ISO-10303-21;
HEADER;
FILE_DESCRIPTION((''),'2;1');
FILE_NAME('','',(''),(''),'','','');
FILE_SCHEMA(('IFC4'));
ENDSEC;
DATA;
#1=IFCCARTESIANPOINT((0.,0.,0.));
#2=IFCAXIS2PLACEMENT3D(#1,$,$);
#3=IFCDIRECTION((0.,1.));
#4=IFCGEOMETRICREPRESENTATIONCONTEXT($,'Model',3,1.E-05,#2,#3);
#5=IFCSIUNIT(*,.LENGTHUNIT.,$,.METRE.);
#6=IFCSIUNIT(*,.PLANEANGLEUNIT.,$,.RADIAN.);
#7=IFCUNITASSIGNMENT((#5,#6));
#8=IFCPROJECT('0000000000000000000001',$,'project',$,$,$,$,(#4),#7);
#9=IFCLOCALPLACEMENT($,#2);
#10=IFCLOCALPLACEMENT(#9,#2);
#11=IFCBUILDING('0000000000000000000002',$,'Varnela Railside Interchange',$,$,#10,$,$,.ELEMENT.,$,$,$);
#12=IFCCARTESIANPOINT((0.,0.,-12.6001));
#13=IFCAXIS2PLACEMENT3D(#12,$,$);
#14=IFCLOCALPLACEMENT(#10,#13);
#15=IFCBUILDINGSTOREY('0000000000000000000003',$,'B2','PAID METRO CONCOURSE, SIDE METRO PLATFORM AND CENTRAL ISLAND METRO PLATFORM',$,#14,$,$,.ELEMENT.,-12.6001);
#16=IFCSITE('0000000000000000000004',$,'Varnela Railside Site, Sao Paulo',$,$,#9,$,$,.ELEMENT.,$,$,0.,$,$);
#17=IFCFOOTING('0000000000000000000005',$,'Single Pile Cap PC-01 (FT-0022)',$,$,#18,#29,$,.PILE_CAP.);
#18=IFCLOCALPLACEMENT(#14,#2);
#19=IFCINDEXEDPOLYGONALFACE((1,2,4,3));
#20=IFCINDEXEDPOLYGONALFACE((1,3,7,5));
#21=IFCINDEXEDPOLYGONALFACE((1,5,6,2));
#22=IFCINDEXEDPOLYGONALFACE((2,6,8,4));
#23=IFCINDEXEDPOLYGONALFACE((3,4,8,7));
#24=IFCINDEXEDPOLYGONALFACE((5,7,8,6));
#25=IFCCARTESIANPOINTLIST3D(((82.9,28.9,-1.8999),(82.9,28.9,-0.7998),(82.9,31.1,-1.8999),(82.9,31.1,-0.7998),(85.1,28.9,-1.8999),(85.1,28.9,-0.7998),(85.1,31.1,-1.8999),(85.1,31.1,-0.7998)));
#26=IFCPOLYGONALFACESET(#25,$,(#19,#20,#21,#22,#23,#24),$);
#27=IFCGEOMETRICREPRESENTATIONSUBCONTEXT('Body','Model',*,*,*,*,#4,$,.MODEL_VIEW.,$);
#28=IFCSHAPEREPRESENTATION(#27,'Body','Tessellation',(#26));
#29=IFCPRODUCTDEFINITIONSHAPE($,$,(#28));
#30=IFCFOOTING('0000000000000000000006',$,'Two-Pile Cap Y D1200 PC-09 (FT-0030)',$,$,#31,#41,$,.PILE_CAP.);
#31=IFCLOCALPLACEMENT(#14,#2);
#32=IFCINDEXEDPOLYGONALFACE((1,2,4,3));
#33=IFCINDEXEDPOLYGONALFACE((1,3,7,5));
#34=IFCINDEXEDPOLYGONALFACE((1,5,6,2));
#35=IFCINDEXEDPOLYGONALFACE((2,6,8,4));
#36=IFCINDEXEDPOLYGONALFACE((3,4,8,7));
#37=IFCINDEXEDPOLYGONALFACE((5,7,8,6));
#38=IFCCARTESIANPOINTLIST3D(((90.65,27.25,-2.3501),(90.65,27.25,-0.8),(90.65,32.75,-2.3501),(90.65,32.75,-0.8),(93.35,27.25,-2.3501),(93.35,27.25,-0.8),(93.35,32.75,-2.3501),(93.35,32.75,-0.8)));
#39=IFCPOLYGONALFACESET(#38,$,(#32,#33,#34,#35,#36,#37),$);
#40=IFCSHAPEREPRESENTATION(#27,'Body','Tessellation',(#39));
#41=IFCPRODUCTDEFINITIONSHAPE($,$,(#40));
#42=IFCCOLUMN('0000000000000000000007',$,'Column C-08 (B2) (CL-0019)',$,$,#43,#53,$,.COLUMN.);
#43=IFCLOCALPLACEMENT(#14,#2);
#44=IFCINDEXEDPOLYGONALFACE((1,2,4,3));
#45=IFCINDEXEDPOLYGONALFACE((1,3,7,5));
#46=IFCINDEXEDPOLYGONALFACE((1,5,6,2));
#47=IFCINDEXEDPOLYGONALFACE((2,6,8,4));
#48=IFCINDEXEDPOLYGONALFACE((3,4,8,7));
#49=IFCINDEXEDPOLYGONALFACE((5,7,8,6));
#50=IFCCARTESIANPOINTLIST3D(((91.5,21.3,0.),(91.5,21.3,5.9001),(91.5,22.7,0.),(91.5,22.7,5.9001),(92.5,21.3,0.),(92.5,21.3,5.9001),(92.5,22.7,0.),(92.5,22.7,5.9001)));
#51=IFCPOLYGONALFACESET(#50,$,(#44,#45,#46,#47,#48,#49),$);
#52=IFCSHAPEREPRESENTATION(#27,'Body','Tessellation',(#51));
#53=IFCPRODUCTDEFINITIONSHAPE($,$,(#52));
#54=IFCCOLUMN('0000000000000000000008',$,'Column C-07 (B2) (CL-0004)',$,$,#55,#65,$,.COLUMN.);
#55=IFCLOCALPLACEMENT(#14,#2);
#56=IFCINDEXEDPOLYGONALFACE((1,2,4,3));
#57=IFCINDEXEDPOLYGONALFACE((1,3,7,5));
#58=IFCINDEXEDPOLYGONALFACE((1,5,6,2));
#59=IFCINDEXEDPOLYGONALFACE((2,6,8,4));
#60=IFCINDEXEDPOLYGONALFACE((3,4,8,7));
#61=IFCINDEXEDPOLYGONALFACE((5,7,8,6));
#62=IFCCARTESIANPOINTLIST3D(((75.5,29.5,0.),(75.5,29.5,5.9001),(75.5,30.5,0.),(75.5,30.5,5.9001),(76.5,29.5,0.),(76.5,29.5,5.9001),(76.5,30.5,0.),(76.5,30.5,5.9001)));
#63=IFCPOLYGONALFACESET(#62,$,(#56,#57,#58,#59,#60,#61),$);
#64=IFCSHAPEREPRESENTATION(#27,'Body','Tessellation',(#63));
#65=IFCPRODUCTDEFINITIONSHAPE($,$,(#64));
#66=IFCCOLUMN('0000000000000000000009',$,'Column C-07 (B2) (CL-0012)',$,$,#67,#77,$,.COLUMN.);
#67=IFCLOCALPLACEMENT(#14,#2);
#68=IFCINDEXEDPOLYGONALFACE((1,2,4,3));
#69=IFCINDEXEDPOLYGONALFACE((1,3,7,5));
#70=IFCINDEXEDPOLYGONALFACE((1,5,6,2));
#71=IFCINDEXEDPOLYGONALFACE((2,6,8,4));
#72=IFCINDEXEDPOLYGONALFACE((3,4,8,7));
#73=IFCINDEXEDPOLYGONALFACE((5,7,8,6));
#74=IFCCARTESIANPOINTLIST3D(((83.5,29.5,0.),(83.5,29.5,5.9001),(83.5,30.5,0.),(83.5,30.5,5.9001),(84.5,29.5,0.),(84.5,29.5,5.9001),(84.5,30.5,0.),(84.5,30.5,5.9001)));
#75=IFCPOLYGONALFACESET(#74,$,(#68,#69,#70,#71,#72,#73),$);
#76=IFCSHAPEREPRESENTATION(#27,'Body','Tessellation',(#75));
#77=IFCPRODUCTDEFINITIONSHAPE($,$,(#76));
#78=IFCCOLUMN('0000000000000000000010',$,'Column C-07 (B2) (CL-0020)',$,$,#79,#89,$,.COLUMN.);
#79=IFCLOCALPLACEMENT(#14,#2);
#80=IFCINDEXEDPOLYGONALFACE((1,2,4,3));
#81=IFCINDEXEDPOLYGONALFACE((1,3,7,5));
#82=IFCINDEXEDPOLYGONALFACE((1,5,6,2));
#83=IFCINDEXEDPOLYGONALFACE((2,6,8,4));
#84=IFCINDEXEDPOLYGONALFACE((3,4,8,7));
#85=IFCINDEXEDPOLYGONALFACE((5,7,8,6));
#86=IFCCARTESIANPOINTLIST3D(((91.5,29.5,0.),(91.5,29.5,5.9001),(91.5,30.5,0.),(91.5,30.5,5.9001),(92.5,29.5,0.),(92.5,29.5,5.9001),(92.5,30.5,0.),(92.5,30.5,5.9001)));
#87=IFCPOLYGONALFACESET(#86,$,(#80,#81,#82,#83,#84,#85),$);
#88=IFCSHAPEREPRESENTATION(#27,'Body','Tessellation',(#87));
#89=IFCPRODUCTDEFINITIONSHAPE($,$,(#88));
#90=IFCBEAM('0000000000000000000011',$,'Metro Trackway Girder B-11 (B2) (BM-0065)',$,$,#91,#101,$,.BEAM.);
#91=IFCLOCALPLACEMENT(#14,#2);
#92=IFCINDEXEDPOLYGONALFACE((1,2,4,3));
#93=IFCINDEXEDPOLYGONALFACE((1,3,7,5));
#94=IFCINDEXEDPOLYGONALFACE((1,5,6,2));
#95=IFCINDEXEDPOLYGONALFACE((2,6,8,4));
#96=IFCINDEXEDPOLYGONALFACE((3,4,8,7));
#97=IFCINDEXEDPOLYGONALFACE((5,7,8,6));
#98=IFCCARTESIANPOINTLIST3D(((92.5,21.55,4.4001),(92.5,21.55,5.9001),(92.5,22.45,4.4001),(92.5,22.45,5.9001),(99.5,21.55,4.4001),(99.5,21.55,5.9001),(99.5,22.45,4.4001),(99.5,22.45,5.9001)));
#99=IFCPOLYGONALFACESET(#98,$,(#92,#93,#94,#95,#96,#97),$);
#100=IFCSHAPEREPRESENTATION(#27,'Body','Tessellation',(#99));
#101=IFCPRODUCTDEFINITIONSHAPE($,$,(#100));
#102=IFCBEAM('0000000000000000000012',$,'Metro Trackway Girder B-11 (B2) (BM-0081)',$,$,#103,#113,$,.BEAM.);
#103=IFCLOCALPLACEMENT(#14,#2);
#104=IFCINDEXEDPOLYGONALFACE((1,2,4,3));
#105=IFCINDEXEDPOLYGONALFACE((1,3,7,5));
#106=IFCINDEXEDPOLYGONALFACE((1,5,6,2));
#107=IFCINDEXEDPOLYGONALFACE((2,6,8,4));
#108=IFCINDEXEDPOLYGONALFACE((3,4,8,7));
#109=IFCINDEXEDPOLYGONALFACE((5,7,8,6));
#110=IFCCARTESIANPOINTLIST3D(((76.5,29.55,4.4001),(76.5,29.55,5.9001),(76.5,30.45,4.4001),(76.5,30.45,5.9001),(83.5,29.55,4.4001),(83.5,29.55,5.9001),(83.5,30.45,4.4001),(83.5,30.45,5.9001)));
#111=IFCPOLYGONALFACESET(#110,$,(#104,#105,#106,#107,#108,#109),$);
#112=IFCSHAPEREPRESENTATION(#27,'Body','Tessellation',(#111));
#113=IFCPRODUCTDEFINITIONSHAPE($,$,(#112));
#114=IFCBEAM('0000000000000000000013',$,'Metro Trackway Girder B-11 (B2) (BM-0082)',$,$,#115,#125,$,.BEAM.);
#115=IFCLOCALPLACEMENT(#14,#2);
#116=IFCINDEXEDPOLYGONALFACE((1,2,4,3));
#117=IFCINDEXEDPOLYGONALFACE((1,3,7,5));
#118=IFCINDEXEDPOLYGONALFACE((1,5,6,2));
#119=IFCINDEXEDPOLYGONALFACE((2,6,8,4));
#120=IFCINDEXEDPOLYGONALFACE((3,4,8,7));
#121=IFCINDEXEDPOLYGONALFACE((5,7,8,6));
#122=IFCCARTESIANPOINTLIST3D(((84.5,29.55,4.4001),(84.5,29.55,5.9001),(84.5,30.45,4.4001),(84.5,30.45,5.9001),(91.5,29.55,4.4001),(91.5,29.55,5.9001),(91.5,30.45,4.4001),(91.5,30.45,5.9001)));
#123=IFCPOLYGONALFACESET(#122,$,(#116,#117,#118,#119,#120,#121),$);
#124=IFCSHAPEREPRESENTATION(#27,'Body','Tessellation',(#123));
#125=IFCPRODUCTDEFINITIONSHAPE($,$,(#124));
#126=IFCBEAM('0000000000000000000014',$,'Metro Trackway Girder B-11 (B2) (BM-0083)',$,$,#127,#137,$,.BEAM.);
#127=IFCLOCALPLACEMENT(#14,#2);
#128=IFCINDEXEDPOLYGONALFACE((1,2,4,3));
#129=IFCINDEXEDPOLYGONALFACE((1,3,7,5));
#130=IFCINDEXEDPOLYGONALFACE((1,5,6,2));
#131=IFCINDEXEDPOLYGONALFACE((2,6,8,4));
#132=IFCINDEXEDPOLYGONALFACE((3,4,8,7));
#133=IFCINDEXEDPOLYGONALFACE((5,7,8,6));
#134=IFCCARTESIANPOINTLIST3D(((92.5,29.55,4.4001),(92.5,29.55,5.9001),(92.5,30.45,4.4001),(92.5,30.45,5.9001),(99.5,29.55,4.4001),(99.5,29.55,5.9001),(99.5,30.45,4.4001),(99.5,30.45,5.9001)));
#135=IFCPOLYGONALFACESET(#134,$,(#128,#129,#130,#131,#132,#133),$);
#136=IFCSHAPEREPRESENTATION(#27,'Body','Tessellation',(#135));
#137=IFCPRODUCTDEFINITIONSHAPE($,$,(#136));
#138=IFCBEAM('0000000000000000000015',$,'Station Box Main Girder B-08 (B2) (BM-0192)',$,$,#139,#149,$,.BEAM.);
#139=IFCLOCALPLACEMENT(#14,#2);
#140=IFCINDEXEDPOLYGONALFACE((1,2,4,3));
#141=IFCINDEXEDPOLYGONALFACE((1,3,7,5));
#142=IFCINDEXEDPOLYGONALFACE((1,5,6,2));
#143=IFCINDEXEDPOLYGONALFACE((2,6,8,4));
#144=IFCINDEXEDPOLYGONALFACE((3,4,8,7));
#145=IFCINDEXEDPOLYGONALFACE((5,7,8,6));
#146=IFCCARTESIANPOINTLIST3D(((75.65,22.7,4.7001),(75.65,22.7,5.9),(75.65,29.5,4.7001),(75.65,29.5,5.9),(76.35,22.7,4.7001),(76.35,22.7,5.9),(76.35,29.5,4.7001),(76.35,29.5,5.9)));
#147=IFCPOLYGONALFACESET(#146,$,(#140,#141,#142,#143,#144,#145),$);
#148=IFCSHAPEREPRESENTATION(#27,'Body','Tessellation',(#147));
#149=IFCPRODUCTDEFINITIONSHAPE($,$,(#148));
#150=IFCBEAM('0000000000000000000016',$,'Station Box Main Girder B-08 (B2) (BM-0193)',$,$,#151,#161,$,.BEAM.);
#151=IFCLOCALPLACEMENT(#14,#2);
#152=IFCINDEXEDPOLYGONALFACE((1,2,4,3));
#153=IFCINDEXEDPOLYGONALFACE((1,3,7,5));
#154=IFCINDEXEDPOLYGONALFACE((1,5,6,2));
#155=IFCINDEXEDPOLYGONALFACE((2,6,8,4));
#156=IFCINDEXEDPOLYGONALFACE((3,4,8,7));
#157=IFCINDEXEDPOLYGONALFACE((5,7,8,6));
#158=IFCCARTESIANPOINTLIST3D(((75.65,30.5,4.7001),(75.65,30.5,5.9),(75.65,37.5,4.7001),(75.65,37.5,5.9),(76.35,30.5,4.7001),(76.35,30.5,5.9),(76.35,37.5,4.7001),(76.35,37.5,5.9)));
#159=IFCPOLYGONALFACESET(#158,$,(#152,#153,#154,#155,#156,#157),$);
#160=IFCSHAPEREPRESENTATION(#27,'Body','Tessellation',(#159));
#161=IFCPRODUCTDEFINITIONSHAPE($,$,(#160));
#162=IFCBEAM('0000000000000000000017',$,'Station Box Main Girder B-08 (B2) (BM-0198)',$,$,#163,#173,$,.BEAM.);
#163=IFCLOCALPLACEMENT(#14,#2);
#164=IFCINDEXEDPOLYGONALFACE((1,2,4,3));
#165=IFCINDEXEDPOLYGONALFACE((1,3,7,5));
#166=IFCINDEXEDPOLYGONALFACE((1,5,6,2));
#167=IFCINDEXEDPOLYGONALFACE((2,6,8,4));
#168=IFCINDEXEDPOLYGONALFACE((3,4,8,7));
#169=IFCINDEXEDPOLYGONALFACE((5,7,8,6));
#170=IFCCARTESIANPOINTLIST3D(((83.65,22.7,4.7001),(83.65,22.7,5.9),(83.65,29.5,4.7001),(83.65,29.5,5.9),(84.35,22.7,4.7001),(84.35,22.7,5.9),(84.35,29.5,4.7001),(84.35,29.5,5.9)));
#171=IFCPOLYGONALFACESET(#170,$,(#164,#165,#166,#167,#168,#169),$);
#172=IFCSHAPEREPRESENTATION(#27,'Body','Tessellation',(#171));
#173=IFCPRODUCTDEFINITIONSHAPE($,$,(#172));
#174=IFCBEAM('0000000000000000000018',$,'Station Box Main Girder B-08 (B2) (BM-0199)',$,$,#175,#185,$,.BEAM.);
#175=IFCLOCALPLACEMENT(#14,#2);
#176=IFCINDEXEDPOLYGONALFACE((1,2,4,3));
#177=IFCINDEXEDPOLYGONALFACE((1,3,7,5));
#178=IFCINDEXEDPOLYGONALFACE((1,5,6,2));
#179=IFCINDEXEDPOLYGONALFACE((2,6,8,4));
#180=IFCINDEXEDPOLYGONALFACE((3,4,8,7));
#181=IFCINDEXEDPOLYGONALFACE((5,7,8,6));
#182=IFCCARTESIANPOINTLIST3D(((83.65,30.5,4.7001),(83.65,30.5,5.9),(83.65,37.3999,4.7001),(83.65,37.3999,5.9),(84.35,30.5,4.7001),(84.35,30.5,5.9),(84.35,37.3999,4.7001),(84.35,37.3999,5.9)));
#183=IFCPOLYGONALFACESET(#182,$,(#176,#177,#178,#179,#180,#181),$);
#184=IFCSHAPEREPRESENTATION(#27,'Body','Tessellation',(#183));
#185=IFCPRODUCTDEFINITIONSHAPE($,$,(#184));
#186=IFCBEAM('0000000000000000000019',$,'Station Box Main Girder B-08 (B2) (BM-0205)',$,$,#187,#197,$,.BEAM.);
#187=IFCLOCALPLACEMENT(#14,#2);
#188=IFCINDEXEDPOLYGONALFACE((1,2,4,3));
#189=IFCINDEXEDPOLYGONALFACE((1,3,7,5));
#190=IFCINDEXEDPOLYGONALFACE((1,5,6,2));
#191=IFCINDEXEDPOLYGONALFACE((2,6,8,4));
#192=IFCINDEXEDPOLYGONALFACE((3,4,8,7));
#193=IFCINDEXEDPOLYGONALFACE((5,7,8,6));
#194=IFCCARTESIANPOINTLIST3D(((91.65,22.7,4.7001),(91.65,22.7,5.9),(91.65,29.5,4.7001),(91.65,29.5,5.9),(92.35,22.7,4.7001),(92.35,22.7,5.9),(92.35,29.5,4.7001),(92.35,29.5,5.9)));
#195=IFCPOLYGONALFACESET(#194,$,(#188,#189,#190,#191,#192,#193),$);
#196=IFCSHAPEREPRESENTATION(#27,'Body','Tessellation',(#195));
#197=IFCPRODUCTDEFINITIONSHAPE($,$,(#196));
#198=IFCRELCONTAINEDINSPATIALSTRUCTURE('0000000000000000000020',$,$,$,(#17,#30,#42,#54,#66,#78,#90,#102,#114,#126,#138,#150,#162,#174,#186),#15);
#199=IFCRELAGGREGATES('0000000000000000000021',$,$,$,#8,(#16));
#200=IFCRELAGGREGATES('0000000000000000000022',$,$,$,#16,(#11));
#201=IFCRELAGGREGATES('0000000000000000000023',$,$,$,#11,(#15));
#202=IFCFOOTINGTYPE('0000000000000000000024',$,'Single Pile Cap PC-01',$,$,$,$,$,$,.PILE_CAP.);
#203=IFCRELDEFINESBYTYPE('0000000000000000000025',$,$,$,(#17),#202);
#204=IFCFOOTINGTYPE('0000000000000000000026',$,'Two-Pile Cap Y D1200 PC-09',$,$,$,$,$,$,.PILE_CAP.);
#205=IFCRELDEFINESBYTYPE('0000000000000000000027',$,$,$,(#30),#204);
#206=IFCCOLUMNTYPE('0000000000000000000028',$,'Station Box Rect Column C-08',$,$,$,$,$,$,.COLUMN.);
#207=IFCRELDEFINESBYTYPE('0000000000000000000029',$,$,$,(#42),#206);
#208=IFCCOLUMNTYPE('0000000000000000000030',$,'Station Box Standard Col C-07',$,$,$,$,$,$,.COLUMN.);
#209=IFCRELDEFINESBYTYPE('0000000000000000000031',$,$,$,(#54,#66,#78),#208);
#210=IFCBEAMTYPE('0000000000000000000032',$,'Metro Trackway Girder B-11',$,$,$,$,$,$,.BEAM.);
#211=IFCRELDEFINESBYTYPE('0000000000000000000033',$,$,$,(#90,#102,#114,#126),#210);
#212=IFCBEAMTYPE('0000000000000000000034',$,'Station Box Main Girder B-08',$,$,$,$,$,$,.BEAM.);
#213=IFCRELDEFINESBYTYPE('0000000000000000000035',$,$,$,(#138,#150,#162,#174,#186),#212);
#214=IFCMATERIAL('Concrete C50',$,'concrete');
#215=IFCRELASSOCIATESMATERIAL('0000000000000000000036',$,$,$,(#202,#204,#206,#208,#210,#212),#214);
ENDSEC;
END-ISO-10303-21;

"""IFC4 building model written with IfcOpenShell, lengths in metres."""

from ifc_helpers import new_model, si_unit, direction, frame, origin, origin_2d, place, context, subcontext, project, spatial, rectangle, extrude, material, material_profile, profile_set, type_object, element, save


model = new_model("IFC4")

# Units and contexts
model_context = context("Model", 3, precision=1e-05, world=origin(), true_north=direction((0.0, 1.0)))
body_context = subcontext(model_context, "Body", "Model", "MODEL_VIEW")
ifc_project = project(units=[si_unit("LENGTHUNIT", "METRE"), si_unit("PLANEANGLEUNIT", "RADIAN")], contexts=[model_context])

# Site, building, storey
site_placement = place(None, origin())
site = spatial("IfcSite", under=ifc_project, at=site_placement, Name="Varnela Railside Site, Sao Paulo", CompositionType="ELEMENT", RefElevation=0.0)
building_placement = place(site_placement, origin())
building = spatial("IfcBuilding", under=site, at=building_placement, Name="Varnela Railside Interchange", CompositionType="ELEMENT")
storey_placement = place(building_placement, frame((0.0, 0.0, -12.6001)))
storey = spatial("IfcBuildingStorey", under=building, at=storey_placement, Name="B2", Description="PAID METRO CONCOURSE, SIDE METRO PLATFORM AND CENTRAL ISLAND METRO PLATFORM", CompositionType="ELEMENT", Elevation=-12.6001)

# Footings
ifc_material_1 = material(Name="Concrete C50", Category="concrete")
footing_type_1 = type_object("IfcFootingType", Name="Single Pile Cap PC-01", PredefinedType="PILE_CAP", material=ifc_material_1)
footing_1_placement = place(storey_placement, frame((84.0, 30.0, -1.8999), z_axis=(0.0, 0.0, 1.0), x_axis=(1.0, 0.0, 0.0)))
element("IfcFooting", 1, at=footing_1_placement, inside=storey, type_object=footing_type_1, Name="Single Pile Cap PC-01 (FT-0022)", PredefinedType="PILE_CAP", context=body_context, shape_type="SweptSolid", body=[
    extrude(rectangle(XDim=2.2, YDim=2.2, at=origin_2d()), origin(), (0.0, 0.0, 1.0), 1.1001),
])
footing_type_2 = type_object("IfcFootingType", Name="Two-Pile Cap Y D1200 PC-09", PredefinedType="PILE_CAP", material=ifc_material_1)
footing_2_placement = place(storey_placement, frame((92.0, 30.0, -2.3501), z_axis=(0.0, 0.0, 1.0), x_axis=(1.0, 0.0, 0.0)))
element("IfcFooting", 2, at=footing_2_placement, inside=storey, type_object=footing_type_2, Name="Two-Pile Cap Y D1200 PC-09 (FT-0030)", PredefinedType="PILE_CAP", context=body_context, shape_type="SweptSolid", body=[
    extrude(rectangle(XDim=2.7, YDim=5.5, at=origin_2d()), origin(), (0.0, 0.0, 1.0), 1.55),
])

# Columns
ifc_material_profile_1 = material_profile(ifc_material_1, rectangle(XDim=1.0, YDim=1.3999, at=origin_2d()), Name="RC 1000x1400")
ifc_profile_set_1 = profile_set([ifc_material_profile_1], Name="Concrete C50")
column_type_1 = type_object("IfcColumnType", Name="Station Box Rect Column C-08", PredefinedType="COLUMN", material=ifc_profile_set_1)
column_placement = place(storey_placement, frame((92.0, 22.0, 0.0), z_axis=(0.0, 0.0, 1.0), x_axis=(1.0, 0.0, 0.0)))
element("IfcColumn", 3, at=column_placement, inside=storey, type_object=column_type_1, Name="Column C-08 (B2) (CL-0019)", PredefinedType="COLUMN", context=body_context, shape_type="SweptSolid", body=[
    extrude(rectangle(XDim=1.0, YDim=1.3999, at=origin_2d()), origin(), (0.0, 0.0, 1.0), 5.9001),
])
ifc_material_profile_2 = material_profile(ifc_material_1, rectangle(XDim=1.0, YDim=1.0, at=origin_2d()), Name="RC 1000x1000")
ifc_profile_set_2 = profile_set([ifc_material_profile_2], Name="Concrete C50")
column_type_2 = type_object("IfcColumnType", Name="Station Box Standard Col C-07", PredefinedType="COLUMN", material=ifc_profile_set_2)
for number, where, z_axis, x_axis, name in (
    (4, (76.0, 30.0, 0.0), (0.0, 0.0, 1.0), (1.0, 0.0, 0.0), "Column C-07 (B2) (CL-0004)"),
    (5, (84.0, 30.0, 0.0), (0.0, 0.0, 1.0), (1.0, 0.0, 0.0), "Column C-07 (B2) (CL-0012)"),
    (6, (92.0, 30.0, 0.0), (0.0, 0.0, 1.0), (1.0, 0.0, 0.0), "Column C-07 (B2) (CL-0020)"),
):
    element("IfcColumn", number, at=place(storey_placement, frame(where, z_axis=z_axis, x_axis=x_axis)), inside=storey, type_object=column_type_2, Name=name, PredefinedType="COLUMN", context=body_context, shape_type="SweptSolid", body=[
        extrude(rectangle(XDim=1.0, YDim=1.0, at=origin_2d()), origin(), (0.0, 0.0, 1.0), 5.9001),
    ])

# Beams
ifc_material_profile_3 = material_profile(ifc_material_1, rectangle(XDim=0.8999, YDim=1.5, at=origin_2d()), Name="RC 900x1500")
ifc_profile_set_3 = profile_set([ifc_material_profile_3], Name="Concrete C50")
beam_type_1 = type_object("IfcBeamType", Name="Metro Trackway Girder B-11", PredefinedType="BEAM", material=ifc_profile_set_3)
for number, where, z_axis, x_axis, name in (
    (7, (92.5, 22.0, 5.1501), (1.0, 0.0, 0.0), (0.0, 1.0, 0.0), "Metro Trackway Girder B-11 (B2) (BM-0065)"),
    (8, (76.5, 30.0, 5.1501), (1.0, 0.0, 0.0), (0.0, 1.0, 0.0), "Metro Trackway Girder B-11 (B2) (BM-0081)"),
    (9, (84.5, 30.0, 5.1501), (1.0, 0.0, 0.0), (0.0, 1.0, 0.0), "Metro Trackway Girder B-11 (B2) (BM-0082)"),
    (10, (92.5, 30.0, 5.1501), (1.0, 0.0, 0.0), (0.0, 1.0, 0.0), "Metro Trackway Girder B-11 (B2) (BM-0083)"),
):
    element("IfcBeam", number, at=place(storey_placement, frame(where, z_axis=z_axis, x_axis=x_axis)), inside=storey, type_object=beam_type_1, Name=name, PredefinedType="BEAM", context=body_context, shape_type="SweptSolid", body=[
        extrude(rectangle(XDim=0.8999, YDim=1.5, at=origin_2d()), origin(), (0.0, 0.0, 1.0), 7.0),
    ])
ifc_material_profile_4 = material_profile(ifc_material_1, rectangle(XDim=0.7, YDim=1.2, at=origin_2d()), Name="RC 700x1200")
ifc_profile_set_4 = profile_set([ifc_material_profile_4], Name="Concrete C50")
beam_type_2 = type_object("IfcBeamType", Name="Station Box Main Girder B-08", PredefinedType="BEAM", material=ifc_profile_set_4)
beam_1_placement = place(storey_placement, frame((76.0, 22.7, 5.3), z_axis=(0.0, 1.0, 0.0), x_axis=(-1.0, 0.0, 0.0)))
element("IfcBeam", 11, at=beam_1_placement, inside=storey, type_object=beam_type_2, Name="Station Box Main Girder B-08 (B2) (BM-0192)", PredefinedType="BEAM", context=body_context, shape_type="SweptSolid", body=[
    extrude(rectangle(XDim=0.7, YDim=1.2, at=origin_2d()), origin(), (0.0, 0.0, 1.0), 6.8),
])
beam_2_placement = place(storey_placement, frame((76.0, 30.5, 5.3), z_axis=(0.0, 1.0, 0.0), x_axis=(-1.0, 0.0, 0.0)))
element("IfcBeam", 12, at=beam_2_placement, inside=storey, type_object=beam_type_2, Name="Station Box Main Girder B-08 (B2) (BM-0193)", PredefinedType="BEAM", context=body_context, shape_type="SweptSolid", body=[
    extrude(rectangle(XDim=0.7, YDim=1.2, at=origin_2d()), origin(), (0.0, 0.0, 1.0), 7.0),
])
beam_3_placement = place(storey_placement, frame((84.0, 22.7, 5.3), z_axis=(0.0, 1.0, 0.0), x_axis=(-1.0, 0.0, 0.0)))
element("IfcBeam", 13, at=beam_3_placement, inside=storey, type_object=beam_type_2, Name="Station Box Main Girder B-08 (B2) (BM-0198)", PredefinedType="BEAM", context=body_context, shape_type="SweptSolid", body=[
    extrude(rectangle(XDim=0.7, YDim=1.2, at=origin_2d()), origin(), (0.0, 0.0, 1.0), 6.8),
])
beam_4_placement = place(storey_placement, frame((84.0, 30.5, 5.3), z_axis=(0.0, 1.0, 0.0), x_axis=(-1.0, 0.0, 0.0)))
element("IfcBeam", 14, at=beam_4_placement, inside=storey, type_object=beam_type_2, Name="Station Box Main Girder B-08 (B2) (BM-0199)", PredefinedType="BEAM", context=body_context, shape_type="SweptSolid", body=[
    extrude(rectangle(XDim=0.7, YDim=1.2, at=origin_2d()), origin(), (0.0, 0.0, 1.0), 6.8999),
])
beam_5_placement = place(storey_placement, frame((92.0, 22.7, 5.3), z_axis=(0.0, 1.0, 0.0), x_axis=(-1.0, 0.0, 0.0)))
element("IfcBeam", 15, at=beam_5_placement, inside=storey, type_object=beam_type_2, Name="Station Box Main Girder B-08 (B2) (BM-0205)", PredefinedType="BEAM", context=body_context, shape_type="SweptSolid", body=[
    extrude(rectangle(XDim=0.7, YDim=1.2, at=origin_2d()), origin(), (0.0, 0.0, 1.0), 6.8),
])

save(model, "model.ifc")
